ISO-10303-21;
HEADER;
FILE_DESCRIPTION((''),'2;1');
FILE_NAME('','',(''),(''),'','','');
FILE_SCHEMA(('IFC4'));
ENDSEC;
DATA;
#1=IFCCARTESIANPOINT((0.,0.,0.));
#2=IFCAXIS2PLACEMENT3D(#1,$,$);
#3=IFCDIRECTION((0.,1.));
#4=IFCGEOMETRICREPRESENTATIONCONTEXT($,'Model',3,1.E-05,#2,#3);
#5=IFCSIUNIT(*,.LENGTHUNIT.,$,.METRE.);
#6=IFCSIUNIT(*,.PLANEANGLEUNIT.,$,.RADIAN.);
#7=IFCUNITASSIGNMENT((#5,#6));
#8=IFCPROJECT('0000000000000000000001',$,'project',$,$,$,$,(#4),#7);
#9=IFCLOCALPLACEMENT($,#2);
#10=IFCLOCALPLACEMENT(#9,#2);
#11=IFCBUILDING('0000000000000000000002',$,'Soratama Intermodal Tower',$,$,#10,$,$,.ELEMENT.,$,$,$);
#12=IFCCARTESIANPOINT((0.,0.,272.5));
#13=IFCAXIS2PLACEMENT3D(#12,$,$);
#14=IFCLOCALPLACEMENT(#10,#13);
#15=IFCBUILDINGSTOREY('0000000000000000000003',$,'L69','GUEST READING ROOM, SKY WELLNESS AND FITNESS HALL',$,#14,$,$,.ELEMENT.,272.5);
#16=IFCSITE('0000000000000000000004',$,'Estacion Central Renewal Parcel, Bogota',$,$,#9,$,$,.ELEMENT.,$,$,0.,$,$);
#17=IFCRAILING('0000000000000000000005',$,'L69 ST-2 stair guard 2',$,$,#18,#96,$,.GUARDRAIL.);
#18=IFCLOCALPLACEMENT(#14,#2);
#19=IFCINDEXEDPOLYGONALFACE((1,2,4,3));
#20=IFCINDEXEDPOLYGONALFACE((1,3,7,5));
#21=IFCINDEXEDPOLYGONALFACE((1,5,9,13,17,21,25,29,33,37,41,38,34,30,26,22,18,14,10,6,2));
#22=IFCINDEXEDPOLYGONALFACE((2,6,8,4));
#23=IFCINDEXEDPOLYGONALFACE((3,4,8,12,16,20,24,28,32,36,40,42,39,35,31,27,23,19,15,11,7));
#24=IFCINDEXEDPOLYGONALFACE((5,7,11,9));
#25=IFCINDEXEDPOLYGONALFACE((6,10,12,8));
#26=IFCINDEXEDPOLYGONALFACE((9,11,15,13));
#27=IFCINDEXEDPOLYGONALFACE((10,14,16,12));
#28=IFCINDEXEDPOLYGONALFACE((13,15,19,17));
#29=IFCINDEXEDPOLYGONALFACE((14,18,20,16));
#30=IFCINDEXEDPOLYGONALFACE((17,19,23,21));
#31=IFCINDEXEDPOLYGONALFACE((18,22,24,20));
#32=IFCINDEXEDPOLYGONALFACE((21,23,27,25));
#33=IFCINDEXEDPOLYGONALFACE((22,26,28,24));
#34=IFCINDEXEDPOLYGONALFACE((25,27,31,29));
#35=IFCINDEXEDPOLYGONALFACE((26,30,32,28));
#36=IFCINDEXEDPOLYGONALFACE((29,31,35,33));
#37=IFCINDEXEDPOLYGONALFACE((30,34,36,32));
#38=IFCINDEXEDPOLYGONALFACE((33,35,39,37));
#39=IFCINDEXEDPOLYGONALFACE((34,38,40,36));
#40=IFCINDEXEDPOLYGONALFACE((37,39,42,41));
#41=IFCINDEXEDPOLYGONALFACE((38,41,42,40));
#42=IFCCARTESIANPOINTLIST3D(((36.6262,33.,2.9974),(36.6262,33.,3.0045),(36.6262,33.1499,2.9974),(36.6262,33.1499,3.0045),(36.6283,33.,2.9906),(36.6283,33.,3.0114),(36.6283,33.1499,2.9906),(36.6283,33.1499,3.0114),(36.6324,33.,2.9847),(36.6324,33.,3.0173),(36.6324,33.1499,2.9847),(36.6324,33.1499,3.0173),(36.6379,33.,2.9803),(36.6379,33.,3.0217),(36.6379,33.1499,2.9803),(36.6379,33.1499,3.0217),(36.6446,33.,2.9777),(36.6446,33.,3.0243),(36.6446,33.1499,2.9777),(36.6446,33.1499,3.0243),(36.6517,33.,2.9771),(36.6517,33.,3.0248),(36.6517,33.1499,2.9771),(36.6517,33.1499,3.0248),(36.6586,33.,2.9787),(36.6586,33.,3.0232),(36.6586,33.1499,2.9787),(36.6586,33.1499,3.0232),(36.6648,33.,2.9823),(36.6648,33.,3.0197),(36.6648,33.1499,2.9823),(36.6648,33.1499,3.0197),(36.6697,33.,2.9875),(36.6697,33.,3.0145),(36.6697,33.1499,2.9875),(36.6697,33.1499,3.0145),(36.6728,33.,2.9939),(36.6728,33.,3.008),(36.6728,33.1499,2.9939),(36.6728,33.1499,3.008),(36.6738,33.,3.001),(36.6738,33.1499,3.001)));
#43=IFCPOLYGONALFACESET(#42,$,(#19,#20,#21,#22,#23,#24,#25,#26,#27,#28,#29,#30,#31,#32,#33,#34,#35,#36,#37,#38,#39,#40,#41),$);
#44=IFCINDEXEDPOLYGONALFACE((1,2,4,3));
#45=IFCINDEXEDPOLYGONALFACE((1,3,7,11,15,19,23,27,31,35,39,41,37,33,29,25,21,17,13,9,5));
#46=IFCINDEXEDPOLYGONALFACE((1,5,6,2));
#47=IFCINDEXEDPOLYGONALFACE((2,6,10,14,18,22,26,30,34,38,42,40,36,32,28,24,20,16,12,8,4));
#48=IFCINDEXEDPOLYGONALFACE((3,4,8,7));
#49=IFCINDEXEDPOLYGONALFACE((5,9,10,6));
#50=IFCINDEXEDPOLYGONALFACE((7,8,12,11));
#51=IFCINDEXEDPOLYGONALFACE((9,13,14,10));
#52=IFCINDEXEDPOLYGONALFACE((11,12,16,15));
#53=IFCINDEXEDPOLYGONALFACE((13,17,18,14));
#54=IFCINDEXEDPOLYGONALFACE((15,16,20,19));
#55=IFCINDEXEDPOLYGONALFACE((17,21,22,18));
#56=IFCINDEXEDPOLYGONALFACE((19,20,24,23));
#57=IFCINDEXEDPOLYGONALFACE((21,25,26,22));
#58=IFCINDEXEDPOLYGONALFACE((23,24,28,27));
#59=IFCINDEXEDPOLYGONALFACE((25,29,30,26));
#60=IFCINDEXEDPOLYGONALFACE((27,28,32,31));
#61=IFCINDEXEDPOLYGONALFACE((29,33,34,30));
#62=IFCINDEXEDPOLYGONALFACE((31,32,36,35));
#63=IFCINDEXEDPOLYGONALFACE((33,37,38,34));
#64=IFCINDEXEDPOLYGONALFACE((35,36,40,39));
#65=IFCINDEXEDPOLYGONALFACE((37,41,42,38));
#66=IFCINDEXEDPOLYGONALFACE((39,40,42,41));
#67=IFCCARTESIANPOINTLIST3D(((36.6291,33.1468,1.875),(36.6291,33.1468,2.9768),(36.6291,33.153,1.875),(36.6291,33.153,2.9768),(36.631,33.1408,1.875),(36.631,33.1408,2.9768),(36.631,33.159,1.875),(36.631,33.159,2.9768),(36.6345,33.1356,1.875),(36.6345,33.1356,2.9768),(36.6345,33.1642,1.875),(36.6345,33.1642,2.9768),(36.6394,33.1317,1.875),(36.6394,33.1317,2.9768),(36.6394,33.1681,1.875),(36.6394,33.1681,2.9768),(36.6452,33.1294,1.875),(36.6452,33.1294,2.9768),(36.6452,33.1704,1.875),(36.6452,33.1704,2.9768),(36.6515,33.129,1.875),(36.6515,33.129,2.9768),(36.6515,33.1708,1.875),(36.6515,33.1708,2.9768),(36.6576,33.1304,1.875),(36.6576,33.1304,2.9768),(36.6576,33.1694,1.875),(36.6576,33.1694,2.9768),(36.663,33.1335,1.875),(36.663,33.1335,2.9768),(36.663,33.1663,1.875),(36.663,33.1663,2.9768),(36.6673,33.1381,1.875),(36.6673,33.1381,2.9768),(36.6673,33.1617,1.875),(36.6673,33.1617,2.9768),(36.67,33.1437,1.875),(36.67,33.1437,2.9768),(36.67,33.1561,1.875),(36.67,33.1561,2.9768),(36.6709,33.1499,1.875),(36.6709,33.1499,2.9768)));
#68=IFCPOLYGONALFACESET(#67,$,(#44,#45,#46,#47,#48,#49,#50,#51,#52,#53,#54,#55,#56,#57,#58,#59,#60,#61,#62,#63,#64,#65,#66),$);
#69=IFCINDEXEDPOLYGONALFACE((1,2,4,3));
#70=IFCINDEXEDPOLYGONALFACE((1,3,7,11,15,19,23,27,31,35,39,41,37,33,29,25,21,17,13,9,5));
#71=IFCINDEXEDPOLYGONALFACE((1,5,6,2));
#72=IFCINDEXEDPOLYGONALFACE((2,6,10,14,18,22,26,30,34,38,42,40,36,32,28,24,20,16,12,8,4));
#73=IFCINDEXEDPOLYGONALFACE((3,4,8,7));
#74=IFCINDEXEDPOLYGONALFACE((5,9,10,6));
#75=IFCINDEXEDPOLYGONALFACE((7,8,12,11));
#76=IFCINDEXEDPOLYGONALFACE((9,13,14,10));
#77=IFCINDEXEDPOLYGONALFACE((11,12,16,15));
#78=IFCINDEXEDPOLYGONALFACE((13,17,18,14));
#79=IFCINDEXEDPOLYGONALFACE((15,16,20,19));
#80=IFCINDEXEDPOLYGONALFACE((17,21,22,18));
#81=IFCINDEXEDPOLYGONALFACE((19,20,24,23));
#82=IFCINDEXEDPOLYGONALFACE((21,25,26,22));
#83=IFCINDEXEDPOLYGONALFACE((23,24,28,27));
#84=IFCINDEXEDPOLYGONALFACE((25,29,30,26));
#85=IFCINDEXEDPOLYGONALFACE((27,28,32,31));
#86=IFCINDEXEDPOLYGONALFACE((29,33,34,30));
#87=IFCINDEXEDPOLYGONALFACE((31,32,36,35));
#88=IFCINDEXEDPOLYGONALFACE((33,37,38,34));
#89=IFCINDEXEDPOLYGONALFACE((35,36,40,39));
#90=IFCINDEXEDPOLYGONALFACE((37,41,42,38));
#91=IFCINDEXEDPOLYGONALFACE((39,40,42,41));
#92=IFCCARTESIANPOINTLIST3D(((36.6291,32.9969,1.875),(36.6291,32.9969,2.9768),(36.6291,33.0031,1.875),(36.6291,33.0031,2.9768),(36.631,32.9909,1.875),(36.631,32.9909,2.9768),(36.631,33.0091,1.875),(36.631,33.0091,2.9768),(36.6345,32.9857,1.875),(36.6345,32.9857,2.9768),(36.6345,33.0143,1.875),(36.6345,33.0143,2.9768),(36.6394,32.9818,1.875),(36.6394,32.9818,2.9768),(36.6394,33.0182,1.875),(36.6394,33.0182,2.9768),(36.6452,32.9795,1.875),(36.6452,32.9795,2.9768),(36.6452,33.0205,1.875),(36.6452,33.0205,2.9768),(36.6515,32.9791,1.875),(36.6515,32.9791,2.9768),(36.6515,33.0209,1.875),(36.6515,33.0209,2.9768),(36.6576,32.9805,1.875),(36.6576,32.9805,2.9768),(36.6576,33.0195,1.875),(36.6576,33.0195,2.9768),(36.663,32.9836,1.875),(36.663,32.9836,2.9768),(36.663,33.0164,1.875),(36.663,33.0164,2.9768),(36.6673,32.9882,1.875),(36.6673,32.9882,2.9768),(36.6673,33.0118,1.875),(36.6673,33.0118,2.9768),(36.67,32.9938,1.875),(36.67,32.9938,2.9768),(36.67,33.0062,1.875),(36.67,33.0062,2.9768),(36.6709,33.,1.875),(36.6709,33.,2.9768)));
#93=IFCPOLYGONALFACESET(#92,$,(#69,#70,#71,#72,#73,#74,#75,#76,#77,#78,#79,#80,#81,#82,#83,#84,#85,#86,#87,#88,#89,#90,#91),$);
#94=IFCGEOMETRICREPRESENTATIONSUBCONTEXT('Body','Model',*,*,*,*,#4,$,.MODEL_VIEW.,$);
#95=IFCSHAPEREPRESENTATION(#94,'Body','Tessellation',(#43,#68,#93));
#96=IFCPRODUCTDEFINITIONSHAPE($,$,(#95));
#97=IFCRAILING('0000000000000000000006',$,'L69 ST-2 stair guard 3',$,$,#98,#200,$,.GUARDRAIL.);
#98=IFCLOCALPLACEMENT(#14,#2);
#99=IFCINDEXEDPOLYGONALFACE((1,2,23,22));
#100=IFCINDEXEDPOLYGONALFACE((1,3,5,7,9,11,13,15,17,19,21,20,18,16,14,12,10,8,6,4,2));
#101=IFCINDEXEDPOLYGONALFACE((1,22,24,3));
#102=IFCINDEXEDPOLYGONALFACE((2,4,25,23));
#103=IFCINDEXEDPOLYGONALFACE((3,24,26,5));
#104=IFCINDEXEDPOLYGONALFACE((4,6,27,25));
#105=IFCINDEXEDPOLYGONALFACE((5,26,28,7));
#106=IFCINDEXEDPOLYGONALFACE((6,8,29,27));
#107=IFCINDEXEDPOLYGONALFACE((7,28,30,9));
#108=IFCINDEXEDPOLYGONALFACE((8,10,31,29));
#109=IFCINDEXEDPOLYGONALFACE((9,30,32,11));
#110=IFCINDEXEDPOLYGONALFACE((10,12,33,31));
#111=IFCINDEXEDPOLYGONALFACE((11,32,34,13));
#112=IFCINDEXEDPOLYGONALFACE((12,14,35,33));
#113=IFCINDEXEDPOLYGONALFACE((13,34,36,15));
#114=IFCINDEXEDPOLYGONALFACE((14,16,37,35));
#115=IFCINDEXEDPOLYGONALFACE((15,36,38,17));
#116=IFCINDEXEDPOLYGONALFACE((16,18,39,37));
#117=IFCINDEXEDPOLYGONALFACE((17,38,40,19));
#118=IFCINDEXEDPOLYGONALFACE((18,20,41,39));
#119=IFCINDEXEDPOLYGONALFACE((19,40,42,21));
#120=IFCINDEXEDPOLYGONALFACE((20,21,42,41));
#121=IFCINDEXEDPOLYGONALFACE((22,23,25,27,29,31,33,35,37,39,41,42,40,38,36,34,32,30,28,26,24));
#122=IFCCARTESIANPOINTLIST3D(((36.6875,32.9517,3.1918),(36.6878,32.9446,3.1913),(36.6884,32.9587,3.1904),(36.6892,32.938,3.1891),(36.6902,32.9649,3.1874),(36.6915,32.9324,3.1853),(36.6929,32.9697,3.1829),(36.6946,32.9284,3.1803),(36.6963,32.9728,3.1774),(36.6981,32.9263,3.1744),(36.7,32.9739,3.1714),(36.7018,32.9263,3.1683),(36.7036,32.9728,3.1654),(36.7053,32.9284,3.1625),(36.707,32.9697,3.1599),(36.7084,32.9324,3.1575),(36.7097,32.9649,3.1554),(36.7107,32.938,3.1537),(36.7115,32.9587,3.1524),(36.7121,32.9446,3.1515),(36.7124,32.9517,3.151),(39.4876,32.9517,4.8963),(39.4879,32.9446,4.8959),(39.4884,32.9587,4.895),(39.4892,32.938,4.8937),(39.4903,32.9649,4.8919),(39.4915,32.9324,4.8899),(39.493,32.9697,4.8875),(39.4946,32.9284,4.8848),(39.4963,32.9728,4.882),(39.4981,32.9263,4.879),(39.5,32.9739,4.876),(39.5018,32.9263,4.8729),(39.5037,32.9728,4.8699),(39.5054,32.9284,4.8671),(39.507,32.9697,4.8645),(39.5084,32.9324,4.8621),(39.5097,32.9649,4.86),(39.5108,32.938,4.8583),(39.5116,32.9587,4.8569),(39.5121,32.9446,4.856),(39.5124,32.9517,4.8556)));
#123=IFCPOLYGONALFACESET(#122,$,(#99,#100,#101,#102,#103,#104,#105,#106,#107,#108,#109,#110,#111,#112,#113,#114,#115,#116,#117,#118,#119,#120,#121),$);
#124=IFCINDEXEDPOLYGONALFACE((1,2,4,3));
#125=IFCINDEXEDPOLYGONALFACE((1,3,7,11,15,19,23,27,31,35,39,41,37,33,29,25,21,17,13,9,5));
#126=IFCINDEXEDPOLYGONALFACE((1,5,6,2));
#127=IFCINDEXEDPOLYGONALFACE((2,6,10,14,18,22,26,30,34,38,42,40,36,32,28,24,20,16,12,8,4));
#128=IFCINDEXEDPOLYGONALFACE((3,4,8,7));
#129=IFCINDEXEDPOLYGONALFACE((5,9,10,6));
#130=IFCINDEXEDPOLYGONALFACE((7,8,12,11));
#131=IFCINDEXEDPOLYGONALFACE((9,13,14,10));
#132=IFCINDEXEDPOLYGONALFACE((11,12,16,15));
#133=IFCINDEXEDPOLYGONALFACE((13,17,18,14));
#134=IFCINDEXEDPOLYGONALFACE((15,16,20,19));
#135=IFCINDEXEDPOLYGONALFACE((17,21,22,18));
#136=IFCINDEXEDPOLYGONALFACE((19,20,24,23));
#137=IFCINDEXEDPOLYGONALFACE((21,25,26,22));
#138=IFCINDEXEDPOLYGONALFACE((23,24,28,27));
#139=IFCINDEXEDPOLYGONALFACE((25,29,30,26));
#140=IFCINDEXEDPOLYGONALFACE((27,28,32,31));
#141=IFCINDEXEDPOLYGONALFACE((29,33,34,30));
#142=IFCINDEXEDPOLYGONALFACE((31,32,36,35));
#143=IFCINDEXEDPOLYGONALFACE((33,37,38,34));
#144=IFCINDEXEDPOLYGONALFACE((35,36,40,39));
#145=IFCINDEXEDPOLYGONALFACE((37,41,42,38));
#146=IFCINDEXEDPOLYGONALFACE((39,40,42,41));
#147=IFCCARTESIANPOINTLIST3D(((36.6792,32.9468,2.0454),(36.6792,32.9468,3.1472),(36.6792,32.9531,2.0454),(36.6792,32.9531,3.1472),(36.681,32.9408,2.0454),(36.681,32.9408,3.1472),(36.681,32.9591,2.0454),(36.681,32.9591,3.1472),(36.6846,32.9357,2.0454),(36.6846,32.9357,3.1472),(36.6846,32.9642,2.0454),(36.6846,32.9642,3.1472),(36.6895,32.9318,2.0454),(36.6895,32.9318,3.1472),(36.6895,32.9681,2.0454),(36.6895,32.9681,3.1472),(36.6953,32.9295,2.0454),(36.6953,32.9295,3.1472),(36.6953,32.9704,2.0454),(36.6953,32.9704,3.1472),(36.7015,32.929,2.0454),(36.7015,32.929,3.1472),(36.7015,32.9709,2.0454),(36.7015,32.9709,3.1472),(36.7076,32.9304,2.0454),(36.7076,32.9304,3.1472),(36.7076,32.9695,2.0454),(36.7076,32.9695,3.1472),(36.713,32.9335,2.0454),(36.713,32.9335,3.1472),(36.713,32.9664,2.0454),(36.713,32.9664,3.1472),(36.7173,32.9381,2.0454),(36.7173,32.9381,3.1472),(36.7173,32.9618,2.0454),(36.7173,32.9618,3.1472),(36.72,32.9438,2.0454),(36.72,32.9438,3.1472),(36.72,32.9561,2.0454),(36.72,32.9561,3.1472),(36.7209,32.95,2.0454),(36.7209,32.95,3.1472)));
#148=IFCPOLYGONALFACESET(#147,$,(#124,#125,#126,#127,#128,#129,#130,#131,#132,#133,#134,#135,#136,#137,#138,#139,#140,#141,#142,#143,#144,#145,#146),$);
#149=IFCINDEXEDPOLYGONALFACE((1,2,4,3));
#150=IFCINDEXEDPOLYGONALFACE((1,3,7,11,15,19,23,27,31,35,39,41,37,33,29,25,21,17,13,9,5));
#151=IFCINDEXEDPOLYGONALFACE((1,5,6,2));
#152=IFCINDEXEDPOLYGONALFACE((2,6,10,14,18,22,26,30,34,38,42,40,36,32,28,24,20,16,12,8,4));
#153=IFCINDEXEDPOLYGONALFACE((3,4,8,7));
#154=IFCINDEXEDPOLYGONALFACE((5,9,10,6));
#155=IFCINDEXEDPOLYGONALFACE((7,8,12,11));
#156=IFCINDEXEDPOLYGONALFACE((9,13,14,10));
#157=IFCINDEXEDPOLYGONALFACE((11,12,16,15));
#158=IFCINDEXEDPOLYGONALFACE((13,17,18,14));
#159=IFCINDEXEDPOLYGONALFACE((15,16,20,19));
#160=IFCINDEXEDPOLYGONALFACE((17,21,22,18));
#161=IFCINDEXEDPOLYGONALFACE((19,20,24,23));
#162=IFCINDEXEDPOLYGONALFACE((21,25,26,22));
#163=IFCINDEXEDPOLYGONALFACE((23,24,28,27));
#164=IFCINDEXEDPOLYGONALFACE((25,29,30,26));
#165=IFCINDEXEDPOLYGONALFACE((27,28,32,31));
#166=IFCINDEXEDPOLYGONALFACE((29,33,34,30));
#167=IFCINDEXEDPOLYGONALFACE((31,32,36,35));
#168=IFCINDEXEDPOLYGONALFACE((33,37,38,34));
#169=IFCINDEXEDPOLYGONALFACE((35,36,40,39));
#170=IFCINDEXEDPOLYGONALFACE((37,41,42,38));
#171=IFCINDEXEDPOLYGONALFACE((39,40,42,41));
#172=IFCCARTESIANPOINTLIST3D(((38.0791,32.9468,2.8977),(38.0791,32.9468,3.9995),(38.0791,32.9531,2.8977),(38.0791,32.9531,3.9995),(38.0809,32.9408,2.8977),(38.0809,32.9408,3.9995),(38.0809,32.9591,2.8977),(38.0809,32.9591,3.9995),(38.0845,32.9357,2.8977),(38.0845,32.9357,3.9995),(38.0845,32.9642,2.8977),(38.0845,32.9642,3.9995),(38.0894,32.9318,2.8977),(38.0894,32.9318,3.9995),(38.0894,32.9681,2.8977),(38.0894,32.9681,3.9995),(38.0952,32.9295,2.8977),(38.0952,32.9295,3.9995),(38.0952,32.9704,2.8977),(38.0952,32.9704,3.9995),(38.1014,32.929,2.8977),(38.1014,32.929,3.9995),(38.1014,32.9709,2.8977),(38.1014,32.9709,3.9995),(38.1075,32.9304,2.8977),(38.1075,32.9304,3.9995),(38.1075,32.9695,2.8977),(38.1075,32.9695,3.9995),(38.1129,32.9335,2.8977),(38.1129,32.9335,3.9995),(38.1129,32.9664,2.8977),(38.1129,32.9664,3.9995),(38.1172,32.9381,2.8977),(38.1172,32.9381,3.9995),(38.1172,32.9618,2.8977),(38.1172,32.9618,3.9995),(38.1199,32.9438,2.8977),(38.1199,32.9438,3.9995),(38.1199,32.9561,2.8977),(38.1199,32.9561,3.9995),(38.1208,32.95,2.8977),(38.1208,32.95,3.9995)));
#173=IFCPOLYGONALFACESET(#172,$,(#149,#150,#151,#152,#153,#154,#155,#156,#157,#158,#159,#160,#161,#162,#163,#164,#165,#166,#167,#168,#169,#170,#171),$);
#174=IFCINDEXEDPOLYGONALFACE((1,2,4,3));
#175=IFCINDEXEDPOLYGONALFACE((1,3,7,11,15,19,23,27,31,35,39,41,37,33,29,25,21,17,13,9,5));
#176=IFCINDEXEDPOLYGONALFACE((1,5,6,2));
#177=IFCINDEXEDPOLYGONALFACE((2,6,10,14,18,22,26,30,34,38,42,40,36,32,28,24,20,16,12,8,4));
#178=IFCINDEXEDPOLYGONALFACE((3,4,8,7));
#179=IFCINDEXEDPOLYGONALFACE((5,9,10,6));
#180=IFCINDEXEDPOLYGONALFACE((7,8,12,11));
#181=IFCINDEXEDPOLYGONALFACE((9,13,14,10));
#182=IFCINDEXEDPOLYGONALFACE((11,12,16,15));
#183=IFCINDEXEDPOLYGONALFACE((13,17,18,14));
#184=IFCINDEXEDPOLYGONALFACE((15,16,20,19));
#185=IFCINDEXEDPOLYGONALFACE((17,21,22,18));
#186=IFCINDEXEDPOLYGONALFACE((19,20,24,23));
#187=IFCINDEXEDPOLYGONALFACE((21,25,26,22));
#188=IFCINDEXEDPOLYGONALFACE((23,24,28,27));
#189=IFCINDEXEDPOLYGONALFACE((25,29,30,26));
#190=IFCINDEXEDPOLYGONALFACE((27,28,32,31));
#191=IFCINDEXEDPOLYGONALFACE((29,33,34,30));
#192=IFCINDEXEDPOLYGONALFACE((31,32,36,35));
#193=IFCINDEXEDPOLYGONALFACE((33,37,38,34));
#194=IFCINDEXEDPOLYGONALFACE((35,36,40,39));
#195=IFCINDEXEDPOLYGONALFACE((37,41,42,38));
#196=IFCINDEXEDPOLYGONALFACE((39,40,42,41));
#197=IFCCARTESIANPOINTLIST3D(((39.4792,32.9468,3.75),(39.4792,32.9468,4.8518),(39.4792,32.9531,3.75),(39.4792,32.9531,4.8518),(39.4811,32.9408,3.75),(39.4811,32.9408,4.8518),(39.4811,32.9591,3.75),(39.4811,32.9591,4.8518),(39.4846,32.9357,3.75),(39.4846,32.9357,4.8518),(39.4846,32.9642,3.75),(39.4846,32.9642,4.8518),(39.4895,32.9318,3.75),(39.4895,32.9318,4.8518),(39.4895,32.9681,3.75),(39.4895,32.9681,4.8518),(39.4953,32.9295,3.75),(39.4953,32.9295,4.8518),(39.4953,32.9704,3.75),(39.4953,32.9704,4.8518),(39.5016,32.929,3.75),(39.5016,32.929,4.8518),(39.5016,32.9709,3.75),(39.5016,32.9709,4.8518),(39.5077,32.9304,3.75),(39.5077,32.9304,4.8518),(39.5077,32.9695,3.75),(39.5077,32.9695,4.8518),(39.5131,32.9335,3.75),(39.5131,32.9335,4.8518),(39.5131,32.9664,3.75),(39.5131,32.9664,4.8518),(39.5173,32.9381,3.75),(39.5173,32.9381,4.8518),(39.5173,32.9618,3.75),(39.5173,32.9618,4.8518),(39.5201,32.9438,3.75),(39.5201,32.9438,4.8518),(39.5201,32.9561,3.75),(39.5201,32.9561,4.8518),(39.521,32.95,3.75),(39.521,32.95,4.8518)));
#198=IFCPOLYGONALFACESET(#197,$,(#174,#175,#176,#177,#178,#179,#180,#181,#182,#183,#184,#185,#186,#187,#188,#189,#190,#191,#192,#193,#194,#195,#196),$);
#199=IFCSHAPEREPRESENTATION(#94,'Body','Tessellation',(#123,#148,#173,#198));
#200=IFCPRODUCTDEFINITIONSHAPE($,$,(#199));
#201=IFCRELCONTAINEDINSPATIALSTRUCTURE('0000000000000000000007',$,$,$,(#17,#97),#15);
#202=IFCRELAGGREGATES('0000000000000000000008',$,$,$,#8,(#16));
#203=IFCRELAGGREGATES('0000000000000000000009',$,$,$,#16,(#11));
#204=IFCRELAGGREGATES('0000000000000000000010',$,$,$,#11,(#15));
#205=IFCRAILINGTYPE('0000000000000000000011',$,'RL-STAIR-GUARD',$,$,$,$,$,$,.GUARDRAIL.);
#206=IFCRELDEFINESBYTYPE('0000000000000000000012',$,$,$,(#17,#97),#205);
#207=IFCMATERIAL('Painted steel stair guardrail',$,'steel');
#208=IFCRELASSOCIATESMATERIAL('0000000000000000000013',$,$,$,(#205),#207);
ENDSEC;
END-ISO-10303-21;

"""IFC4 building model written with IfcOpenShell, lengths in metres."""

from ifc_helpers import new_model, si_unit, direction, frame, origin, origin_2d, place, context, subcontext, project, spatial, circle, extrude, material, type_object, element, save


model = new_model("IFC4")

# Units and contexts
model_context = context("Model", 3, precision=1e-05, world=origin(), true_north=direction((0.0, 1.0)))
body_context = subcontext(model_context, "Body", "Model", "MODEL_VIEW")
ifc_project = project(units=[si_unit("LENGTHUNIT", "METRE"), si_unit("PLANEANGLEUNIT", "RADIAN")], contexts=[model_context])

# Site, building, storey
site_placement = place(None, origin())
site = spatial("IfcSite", under=ifc_project, at=site_placement, Name="Estacion Central Renewal Parcel, Bogota", CompositionType="ELEMENT", RefElevation=0.0)
building_placement = place(site_placement, origin())
building = spatial("IfcBuilding", under=site, at=building_placement, Name="Soratama Intermodal Tower", CompositionType="ELEMENT")
storey_placement = place(building_placement, frame((0.0, 0.0, 272.5)))
storey = spatial("IfcBuildingStorey", under=building, at=storey_placement, Name="L69", Description="GUEST READING ROOM, SKY WELLNESS AND FITNESS HALL", CompositionType="ELEMENT", Elevation=272.5)

# Railings
ifc_material_1 = material(Name="Painted steel stair guardrail", Category="steel")
railing_type_1 = type_object("IfcRailingType", Name="RL-STAIR-GUARD", PredefinedType="GUARDRAIL", material=ifc_material_1)
railing_1_placement = place(storey_placement, frame((36.6499, 33.1499, 1.875)))
element("IfcRailing", 1, at=railing_1_placement, inside=storey, type_object=railing_type_1, Name="L69 ST-2 stair guard 2", PredefinedType="GUARDRAIL", context=body_context, shape_type="SweptSolid", body=[
    extrude(circle(Radius=0.0239, at=origin_2d()), frame((0.0, 0.0, 1.126), z_axis=(0.0, -1.0, 0.0), x_axis=(1.0, 0.0, 0.0)), (0.0, 0.0, 1.0), 0.1499),
    extrude(circle(Radius=0.021, at=origin_2d()), origin(), (0.0, 0.0, 1.0), 1.1018),
    extrude(circle(Radius=0.021, at=origin_2d()), frame((0.0, -0.1499, 0.0)), (0.0, 0.0, 1.0), 1.1018),
])
railing_2_placement = place(storey_placement, frame((36.7, 32.95, 2.0454)))
element("IfcRailing", 2, at=railing_2_placement, inside=storey, type_object=railing_type_1, Name="L69 ST-2 stair guard 3", PredefinedType="GUARDRAIL", context=body_context, shape_type="SweptSolid", body=[
    extrude(circle(Radius=0.0239, at=origin_2d()), frame((0.0, 0.0, 1.126), z_axis=(0.85417, 0.0, 0.519994), x_axis=(0.0, 1.0, 0.0)), (0.0, 0.0, 1.0), 3.2781),
    extrude(circle(Radius=0.021, at=origin_2d()), origin(), (0.0, 0.0, 1.0), 1.1018),
    extrude(circle(Radius=0.021, at=origin_2d()), frame((1.3999, 0.0, 0.8523)), (0.0, 0.0, 1.0), 1.1018),
    extrude(circle(Radius=0.021, at=origin_2d()), frame((2.8, 0.0, 1.7046)), (0.0, 0.0, 1.0), 1.1018),
])

save(model, "model.ifc")
